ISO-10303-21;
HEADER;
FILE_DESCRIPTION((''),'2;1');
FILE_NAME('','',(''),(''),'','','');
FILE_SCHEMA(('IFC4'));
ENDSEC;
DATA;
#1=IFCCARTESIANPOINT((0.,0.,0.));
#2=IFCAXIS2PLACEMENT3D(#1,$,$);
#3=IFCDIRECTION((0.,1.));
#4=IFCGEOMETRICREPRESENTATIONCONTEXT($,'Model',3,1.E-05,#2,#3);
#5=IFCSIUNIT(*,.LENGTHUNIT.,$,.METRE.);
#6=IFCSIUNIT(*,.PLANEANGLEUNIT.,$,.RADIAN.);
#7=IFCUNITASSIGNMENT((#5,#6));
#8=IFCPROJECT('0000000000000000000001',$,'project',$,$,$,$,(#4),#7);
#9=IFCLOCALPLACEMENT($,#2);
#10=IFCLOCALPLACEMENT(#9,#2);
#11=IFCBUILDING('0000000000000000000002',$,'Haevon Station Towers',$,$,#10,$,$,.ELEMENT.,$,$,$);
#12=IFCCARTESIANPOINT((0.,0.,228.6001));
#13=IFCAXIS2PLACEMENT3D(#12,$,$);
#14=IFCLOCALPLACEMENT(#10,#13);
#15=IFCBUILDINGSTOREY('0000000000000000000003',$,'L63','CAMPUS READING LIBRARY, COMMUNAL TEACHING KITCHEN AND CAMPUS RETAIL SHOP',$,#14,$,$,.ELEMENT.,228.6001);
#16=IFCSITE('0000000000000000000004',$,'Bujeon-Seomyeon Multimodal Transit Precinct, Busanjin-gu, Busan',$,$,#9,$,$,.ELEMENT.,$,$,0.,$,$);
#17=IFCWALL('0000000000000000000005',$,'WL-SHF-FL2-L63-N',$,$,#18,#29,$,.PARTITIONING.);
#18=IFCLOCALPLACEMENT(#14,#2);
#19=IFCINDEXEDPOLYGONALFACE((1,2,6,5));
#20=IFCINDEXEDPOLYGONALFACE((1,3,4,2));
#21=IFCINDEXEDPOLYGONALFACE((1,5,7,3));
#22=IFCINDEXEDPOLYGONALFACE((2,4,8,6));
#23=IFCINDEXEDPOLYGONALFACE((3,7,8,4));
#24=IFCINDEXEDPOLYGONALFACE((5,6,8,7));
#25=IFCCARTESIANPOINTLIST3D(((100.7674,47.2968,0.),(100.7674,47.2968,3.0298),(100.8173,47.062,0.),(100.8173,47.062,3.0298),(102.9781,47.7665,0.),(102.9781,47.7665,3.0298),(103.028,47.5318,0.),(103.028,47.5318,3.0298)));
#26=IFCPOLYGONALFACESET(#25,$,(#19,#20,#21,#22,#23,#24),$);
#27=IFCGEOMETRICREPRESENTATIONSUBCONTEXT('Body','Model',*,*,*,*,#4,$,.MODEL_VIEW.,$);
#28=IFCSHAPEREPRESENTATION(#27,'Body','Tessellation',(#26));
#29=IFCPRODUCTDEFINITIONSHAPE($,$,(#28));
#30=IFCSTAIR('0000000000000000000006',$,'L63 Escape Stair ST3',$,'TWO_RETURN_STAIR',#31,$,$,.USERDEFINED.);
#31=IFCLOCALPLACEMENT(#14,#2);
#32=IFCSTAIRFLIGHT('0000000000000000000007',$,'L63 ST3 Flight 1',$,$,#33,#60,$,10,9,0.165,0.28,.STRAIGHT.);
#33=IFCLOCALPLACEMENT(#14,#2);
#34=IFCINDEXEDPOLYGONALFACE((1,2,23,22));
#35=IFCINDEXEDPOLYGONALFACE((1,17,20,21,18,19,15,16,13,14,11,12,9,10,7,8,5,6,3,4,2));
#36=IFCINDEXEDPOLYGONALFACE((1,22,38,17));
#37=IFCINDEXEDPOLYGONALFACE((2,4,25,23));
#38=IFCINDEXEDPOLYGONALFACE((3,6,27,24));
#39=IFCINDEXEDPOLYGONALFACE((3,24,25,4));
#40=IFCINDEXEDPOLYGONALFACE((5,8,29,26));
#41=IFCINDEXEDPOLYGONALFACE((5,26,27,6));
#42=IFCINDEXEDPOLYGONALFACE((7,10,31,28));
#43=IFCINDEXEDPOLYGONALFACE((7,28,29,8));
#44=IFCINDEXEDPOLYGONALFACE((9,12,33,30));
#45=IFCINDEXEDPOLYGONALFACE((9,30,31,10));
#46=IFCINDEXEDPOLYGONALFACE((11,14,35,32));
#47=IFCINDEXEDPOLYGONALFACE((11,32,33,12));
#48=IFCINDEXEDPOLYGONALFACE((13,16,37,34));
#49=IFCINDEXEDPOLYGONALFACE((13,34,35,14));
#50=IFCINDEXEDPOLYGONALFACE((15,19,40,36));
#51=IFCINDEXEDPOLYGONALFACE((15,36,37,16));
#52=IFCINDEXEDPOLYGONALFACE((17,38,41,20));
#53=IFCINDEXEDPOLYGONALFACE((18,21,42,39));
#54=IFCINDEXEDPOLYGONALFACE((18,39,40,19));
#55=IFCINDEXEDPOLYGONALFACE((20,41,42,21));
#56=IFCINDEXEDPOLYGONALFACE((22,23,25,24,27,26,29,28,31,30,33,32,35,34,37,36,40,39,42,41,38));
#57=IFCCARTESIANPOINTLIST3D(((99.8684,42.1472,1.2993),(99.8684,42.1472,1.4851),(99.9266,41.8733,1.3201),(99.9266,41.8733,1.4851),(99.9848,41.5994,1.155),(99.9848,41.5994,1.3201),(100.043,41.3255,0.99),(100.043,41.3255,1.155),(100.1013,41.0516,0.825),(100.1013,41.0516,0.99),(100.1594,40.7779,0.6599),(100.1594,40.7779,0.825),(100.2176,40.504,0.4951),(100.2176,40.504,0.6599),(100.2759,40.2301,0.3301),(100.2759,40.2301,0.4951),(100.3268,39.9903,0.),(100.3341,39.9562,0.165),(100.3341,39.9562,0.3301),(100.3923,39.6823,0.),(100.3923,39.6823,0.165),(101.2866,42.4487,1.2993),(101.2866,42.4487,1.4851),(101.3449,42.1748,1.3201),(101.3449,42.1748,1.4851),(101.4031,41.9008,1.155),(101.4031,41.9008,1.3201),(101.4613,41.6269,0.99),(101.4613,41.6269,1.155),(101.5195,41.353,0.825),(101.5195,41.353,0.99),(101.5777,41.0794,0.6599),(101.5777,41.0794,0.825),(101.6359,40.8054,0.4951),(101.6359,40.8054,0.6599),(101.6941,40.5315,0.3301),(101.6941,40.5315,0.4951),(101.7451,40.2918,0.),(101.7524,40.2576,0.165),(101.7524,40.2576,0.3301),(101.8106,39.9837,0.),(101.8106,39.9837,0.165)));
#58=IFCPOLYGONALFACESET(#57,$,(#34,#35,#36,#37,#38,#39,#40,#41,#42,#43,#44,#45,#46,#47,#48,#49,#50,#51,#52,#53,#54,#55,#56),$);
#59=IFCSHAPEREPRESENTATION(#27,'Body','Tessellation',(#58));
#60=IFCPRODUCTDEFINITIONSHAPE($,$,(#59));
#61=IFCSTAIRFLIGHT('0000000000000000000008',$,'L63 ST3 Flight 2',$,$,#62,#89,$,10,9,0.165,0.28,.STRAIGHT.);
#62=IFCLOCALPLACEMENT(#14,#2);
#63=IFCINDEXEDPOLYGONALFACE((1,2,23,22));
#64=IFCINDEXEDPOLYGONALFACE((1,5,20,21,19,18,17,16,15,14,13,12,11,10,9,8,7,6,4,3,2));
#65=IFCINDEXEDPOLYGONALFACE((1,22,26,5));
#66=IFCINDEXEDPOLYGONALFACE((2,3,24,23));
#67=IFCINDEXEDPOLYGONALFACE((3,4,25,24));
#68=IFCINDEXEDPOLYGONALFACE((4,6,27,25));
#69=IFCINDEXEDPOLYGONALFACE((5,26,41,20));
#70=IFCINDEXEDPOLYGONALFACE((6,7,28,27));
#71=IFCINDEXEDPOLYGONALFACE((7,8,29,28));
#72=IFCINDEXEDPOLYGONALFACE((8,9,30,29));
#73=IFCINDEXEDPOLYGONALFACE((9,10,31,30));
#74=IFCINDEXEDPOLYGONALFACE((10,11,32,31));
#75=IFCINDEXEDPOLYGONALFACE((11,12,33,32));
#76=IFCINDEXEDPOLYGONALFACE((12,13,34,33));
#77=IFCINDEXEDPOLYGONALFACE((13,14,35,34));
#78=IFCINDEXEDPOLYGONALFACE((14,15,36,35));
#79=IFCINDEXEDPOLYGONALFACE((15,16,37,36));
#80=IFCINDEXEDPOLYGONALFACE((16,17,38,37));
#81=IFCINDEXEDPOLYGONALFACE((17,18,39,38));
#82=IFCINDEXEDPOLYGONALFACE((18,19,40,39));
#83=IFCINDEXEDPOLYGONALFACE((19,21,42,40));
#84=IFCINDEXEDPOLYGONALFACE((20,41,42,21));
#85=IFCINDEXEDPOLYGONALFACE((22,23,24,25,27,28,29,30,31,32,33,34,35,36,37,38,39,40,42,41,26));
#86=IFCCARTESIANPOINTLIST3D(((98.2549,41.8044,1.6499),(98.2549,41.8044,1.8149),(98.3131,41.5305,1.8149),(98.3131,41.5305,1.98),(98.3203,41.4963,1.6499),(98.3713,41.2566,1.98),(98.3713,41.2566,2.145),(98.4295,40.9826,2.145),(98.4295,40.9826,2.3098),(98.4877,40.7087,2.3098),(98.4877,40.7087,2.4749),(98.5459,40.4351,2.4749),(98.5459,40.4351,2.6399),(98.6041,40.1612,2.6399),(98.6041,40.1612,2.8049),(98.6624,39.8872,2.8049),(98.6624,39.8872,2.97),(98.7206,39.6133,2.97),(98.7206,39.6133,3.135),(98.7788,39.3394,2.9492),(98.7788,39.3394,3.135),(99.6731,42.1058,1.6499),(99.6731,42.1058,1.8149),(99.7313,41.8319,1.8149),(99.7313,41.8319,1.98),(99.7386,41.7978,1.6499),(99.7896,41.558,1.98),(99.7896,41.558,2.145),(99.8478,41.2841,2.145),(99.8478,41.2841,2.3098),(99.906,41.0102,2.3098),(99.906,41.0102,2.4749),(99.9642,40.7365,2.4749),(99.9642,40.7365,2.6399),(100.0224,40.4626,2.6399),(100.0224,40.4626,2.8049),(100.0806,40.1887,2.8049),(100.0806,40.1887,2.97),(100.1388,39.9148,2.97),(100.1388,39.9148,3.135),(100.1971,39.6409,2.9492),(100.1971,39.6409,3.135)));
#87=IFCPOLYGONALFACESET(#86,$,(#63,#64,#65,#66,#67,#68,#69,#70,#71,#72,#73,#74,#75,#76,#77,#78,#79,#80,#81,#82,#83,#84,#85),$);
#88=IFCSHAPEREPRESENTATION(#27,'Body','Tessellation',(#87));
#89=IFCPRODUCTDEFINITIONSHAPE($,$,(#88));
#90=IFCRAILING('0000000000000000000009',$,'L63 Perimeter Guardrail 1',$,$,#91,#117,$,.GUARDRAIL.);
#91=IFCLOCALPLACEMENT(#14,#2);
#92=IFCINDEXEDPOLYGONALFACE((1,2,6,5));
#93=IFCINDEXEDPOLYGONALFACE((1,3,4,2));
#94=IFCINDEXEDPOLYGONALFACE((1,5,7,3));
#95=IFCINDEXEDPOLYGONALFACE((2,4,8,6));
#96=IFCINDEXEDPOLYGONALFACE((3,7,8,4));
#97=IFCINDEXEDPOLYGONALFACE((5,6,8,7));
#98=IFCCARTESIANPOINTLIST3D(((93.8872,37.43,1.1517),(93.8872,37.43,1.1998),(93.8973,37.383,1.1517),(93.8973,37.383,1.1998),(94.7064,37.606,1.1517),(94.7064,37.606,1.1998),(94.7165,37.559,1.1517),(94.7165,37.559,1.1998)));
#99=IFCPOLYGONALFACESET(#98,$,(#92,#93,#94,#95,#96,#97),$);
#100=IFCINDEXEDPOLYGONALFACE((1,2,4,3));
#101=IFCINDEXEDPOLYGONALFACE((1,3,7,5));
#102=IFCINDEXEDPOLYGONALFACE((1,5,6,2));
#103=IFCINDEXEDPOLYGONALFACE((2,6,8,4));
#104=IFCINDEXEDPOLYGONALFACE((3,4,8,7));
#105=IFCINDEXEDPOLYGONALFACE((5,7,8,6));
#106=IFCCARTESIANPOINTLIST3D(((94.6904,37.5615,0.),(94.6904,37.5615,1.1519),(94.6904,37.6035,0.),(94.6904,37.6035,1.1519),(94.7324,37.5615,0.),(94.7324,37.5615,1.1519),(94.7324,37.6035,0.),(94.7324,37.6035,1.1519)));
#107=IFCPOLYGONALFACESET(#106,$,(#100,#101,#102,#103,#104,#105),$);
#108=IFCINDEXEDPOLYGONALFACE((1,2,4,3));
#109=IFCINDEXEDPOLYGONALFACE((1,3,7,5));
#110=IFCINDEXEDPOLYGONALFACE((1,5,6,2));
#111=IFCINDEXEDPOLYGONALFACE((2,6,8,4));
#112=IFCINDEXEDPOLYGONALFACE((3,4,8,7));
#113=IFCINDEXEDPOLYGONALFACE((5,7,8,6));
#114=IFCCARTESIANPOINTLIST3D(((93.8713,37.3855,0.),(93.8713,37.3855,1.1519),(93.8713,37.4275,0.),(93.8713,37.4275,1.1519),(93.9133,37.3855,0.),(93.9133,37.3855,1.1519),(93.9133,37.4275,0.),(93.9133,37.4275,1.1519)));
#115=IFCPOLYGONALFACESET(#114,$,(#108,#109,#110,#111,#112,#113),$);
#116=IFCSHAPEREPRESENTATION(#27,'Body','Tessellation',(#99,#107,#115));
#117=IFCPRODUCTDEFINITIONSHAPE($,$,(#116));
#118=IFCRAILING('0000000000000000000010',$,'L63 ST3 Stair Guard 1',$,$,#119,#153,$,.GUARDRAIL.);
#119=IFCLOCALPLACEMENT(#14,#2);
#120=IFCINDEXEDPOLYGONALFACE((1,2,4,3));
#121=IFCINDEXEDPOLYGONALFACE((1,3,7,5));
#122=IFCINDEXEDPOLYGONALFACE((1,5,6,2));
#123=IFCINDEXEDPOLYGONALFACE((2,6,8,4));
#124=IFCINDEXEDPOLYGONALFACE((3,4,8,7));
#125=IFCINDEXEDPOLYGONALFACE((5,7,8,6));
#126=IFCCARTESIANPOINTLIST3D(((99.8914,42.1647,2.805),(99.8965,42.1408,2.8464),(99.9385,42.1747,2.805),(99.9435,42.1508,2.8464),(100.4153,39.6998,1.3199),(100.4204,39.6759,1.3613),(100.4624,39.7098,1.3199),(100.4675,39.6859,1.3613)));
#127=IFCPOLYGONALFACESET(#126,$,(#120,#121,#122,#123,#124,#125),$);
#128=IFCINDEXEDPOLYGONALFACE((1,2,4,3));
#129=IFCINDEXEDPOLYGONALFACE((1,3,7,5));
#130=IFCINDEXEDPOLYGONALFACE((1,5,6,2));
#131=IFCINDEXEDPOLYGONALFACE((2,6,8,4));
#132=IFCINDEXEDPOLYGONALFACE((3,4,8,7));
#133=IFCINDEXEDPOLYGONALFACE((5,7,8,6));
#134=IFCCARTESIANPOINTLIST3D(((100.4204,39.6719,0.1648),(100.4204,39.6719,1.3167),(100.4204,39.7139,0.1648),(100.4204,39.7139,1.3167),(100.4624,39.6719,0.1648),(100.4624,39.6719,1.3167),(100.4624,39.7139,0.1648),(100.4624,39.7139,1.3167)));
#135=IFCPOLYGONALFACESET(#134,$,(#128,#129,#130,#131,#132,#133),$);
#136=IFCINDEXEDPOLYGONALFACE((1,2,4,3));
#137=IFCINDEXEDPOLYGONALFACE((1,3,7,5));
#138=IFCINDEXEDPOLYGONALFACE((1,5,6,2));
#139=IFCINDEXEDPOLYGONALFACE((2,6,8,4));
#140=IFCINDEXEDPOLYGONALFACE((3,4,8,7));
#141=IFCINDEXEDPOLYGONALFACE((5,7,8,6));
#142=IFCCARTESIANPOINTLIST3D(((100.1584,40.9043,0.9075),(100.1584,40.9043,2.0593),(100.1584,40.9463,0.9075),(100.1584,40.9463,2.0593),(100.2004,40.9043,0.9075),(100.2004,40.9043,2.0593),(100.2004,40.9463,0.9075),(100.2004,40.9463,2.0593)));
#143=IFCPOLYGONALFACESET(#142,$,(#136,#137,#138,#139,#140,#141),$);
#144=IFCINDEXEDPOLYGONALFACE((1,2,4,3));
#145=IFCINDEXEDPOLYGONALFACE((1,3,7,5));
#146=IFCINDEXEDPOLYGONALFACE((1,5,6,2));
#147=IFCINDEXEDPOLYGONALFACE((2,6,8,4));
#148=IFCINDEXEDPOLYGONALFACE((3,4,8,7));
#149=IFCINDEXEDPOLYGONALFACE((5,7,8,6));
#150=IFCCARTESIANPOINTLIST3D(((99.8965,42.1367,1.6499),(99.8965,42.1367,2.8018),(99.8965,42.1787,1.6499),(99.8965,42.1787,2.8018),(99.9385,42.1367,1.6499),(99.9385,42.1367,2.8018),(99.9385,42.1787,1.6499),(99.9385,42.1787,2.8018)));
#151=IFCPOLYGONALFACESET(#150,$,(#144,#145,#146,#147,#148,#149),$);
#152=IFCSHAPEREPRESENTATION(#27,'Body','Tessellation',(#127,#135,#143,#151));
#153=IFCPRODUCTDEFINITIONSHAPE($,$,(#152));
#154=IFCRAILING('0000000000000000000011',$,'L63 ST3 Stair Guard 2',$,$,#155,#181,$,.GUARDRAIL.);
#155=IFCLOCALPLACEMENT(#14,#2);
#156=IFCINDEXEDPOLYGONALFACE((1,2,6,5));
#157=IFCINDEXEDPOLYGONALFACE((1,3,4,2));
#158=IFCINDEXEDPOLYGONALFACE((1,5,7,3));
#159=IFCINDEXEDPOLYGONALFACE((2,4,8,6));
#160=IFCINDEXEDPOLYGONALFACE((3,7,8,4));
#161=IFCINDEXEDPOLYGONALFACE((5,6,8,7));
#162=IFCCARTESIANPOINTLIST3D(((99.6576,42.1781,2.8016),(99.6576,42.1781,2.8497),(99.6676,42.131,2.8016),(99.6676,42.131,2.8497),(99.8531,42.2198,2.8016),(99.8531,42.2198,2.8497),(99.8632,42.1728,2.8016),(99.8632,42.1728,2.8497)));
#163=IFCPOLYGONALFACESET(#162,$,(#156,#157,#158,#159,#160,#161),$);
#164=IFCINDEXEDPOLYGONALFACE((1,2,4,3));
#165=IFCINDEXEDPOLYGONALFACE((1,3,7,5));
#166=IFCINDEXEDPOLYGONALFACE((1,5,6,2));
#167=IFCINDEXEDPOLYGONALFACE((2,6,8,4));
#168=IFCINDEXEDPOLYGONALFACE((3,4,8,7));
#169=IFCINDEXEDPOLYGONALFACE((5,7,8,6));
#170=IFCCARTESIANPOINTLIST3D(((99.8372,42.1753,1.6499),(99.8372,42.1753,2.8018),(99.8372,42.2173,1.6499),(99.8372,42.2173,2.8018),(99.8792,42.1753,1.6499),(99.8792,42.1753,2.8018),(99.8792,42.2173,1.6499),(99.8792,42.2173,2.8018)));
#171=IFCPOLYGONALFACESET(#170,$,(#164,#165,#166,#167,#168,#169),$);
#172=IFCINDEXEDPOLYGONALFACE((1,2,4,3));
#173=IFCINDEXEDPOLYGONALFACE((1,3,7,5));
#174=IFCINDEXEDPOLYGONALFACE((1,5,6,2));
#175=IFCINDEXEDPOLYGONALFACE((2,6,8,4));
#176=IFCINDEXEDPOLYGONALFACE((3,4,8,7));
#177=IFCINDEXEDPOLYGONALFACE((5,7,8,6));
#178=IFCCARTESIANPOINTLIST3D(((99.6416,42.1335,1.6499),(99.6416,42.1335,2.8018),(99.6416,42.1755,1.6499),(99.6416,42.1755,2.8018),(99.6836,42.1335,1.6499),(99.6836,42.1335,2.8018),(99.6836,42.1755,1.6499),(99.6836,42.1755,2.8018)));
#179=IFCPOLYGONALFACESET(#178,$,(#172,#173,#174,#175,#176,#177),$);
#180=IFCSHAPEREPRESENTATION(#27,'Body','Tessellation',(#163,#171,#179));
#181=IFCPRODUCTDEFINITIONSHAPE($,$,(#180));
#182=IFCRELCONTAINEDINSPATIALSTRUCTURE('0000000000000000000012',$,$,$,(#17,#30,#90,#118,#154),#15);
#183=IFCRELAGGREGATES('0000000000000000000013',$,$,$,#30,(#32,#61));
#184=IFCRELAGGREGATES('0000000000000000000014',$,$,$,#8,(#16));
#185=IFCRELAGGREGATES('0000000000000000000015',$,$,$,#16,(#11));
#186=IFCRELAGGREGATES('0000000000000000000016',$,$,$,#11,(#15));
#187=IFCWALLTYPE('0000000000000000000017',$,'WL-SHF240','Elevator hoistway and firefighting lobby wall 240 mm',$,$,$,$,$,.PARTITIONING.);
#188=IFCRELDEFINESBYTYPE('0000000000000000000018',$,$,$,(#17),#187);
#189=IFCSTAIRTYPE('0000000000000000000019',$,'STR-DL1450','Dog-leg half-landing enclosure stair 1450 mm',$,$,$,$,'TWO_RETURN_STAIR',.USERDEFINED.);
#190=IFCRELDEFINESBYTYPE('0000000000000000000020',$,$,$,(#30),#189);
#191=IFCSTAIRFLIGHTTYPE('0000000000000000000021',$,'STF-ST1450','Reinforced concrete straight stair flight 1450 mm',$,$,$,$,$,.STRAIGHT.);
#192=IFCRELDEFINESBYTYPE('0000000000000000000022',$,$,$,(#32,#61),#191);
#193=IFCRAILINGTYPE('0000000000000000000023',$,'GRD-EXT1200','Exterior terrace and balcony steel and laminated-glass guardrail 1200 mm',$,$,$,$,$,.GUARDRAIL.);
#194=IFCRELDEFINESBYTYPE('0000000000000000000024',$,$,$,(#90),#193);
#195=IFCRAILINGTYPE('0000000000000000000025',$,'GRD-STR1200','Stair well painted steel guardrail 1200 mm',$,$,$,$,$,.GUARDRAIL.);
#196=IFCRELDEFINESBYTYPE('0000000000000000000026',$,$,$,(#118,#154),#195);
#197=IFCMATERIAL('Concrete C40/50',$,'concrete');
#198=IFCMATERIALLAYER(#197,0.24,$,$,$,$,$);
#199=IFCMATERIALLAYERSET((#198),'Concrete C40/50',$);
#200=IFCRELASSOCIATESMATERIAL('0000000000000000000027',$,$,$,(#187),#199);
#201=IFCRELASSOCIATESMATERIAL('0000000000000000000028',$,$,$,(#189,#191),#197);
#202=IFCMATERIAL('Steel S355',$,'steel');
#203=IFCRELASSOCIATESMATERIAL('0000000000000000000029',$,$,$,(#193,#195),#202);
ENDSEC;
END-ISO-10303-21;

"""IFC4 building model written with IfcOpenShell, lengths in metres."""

from ifc_helpers import new_model, si_unit, direction, frame, frame_2d, origin, origin_2d, place, context, subcontext, project, spatial, polyline, rectangle, outline, extrude, material, layer, layer_set, type_object, element, aggregate, save


model = new_model("IFC4")

# Units and contexts
model_context = context("Model", 3, precision=1e-05, world=origin(), true_north=direction((0.0, 1.0)))
body_context = subcontext(model_context, "Body", "Model", "MODEL_VIEW")
ifc_project = project(units=[si_unit("LENGTHUNIT", "METRE"), si_unit("PLANEANGLEUNIT", "RADIAN")], contexts=[model_context])

# Site, building, storey
site_placement = place(None, origin())
site = spatial("IfcSite", under=ifc_project, at=site_placement, Name="Bujeon-Seomyeon Multimodal Transit Precinct, Busanjin-gu, Busan", CompositionType="ELEMENT", RefElevation=0.0)
building_placement = place(site_placement, origin())
building = spatial("IfcBuilding", under=site, at=building_placement, Name="Haevon Station Towers", CompositionType="ELEMENT")
storey_placement = place(building_placement, frame((0.0, 0.0, 228.6001)))
storey = spatial("IfcBuildingStorey", under=building, at=storey_placement, Name="L63", Description="CAMPUS READING LIBRARY, COMMUNAL TEACHING KITCHEN AND CAMPUS RETAIL SHOP", CompositionType="ELEMENT", Elevation=228.6001)

# Shared definitions
ifc_material_1 = material(Name="Steel S355", Category="steel")

# Wall
ifc_material_2 = material(Name="Concrete C40/50", Category="concrete")
ifc_layer_1 = layer(ifc_material_2, 0.24)
ifc_layer_set_1 = layer_set([ifc_layer_1], Name="Concrete C40/50")
wall_type_1 = type_object("IfcWallType", Name="WL-SHF240", Description="Elevator hoistway and firefighting lobby wall 240 mm", PredefinedType="PARTITIONING", material=ifc_layer_set_1)
wall_1_placement = place(storey_placement, frame((100.7925, 47.1794, 0.0), z_axis=(0.0, 0.0, 1.0), x_axis=(0.978163, 0.207839, 0.0)))
element("IfcWall", 1, at=wall_1_placement, inside=storey, type_object=wall_type_1, Name="WL-SHF-FL2-L63-N", PredefinedType="PARTITIONING", context=body_context, shape_type="SweptSolid", body=[
    extrude(rectangle(XDim=2.26, YDim=0.24, at=frame_2d((1.1299, 0.0))), origin(), (0.0, 0.0, 1.0), 3.0298),
])

# Stair, stair flights
stair_type = type_object("IfcStairType", Name="STR-DL1450", Description="Dog-leg half-landing enclosure stair 1450 mm", ElementType="TWO_RETURN_STAIR", PredefinedType="USERDEFINED", material=ifc_material_2)
stair_placement = place(storey_placement, origin())
stair = element("IfcStair", 2, at=stair_placement, inside=storey, type_object=stair_type, Name="L63 Escape Stair ST3", ObjectType="TWO_RETURN_STAIR", PredefinedType="USERDEFINED")
stair_flight_type = type_object("IfcStairFlightType", Name="STF-ST1450", Description="Reinforced concrete straight stair flight 1450 mm", PredefinedType="STRAIGHT", material=ifc_material_2)
stair_flight_1_placement = place(storey_placement, frame((101.1016, 39.833, 0.0), z_axis=(0.0, 0.0, 1.0), x_axis=(-0.207912, 0.978148, 0.0)))
stair_flight_1 = element("IfcStairFlight", 3, at=stair_flight_1_placement, type_object=stair_flight_type, Name="L63 ST3 Flight 1", NumberOfRisers=10, NumberOfTreads=9, PredefinedType="STRAIGHT", RiserHeight=0.165, TreadLength=0.28, context=body_context, shape_type="SweptSolid", body=[
    extrude(outline(polyline([(0.0, 0.0), (0.0, 0.165), (0.28, 0.165), (0.28, 0.3301), (0.5601, 0.3301), (0.5601, 0.4951), (0.8401, 0.4951), (0.8401, 0.6599), (1.1201, 0.6599), (1.1201, 0.825), (1.3999, 0.825), (1.3999, 0.99), (1.6799, 0.99), (1.6799, 1.155), (1.96, 1.155), (1.96, 1.3201), (2.24, 1.3201), (2.24, 1.4851), (2.52, 1.4851), (2.52, 1.6499), (2.52, 1.2993), (0.3149, 0.0), (0.0, 0.0)])), frame((0.0, 0.7251, 0.0), z_axis=(0.0, -1.0, 0.0), x_axis=(1.0, 0.0, 0.0)), (0.0, 0.0, 1.0), 1.45),
])
stair_flight_2_placement = place(storey_placement, frame((98.9639, 41.9551, 1.6499), z_axis=(0.0, 0.0, 1.0), x_axis=(0.207912, -0.978148, 0.0)))
stair_flight_2 = element("IfcStairFlight", 4, at=stair_flight_2_placement, type_object=stair_flight_type, Name="L63 ST3 Flight 2", NumberOfRisers=10, NumberOfTreads=9, PredefinedType="STRAIGHT", RiserHeight=0.165, TreadLength=0.28, context=body_context, shape_type="SweptSolid", body=[
    extrude(outline(polyline([(0.0, 0.0), (0.0, 0.165), (0.28, 0.165), (0.28, 0.3301), (0.5601, 0.3301), (0.5601, 0.4951), (0.8401, 0.4951), (0.8401, 0.6599), (1.1201, 0.6599), (1.1201, 0.825), (1.3999, 0.825), (1.3999, 0.99), (1.6799, 0.99), (1.6799, 1.155), (1.96, 1.155), (1.96, 1.3201), (2.24, 1.3201), (2.24, 1.4851), (2.52, 1.4851), (2.52, 1.6499), (2.52, 1.2993), (0.3149, 0.0), (0.0, 0.0)])), frame((0.0, 0.7251, 0.0), z_axis=(0.0, -1.0, 0.0), x_axis=(1.0, 0.0, 0.0)), (0.0, 0.0, 1.0), 1.45),
])
aggregate(stair, [stair_flight_1, stair_flight_2])

# Railings
railing_type_1 = type_object("IfcRailingType", Name="GRD-EXT1200", Description="Exterior terrace and balcony steel and laminated-glass guardrail 1200 mm", PredefinedType="GUARDRAIL", material=ifc_material_1)
railing_1_placement = place(storey_placement, frame((94.7114, 37.5825, 0.0)))
element("IfcRailing", 5, at=railing_1_placement, inside=storey, type_object=railing_type_1, Name="L63 Perimeter Guardrail 1", PredefinedType="GUARDRAIL", context=body_context, shape_type="SweptSolid", body=[
    extrude(rectangle(XDim=0.0481, YDim=0.0481, at=origin_2d()), frame((0.0, 0.0, 1.1758), z_axis=(-0.977679, -0.210106, 0.0), x_axis=(0.210106, -0.977679, 0.0)), (0.0, 0.0, 1.0), 0.8379),
    extrude(rectangle(XDim=0.042, YDim=0.042, at=origin_2d()), origin(), (0.0, 0.0, 1.0), 1.1519),
    extrude(rectangle(XDim=0.042, YDim=0.042, at=origin_2d()), frame((-0.8191, -0.176, 0.0)), (0.0, 0.0, 1.0), 1.1519),
])
railing_type_2 = type_object("IfcRailingType", Name="GRD-STR1200", Description="Stair well painted steel guardrail 1200 mm", PredefinedType="GUARDRAIL", material=ifc_material_1)
railing_2_placement = place(storey_placement, frame((100.4414, 39.6929, 0.1648)))
element("IfcRailing", 6, at=railing_2_placement, inside=storey, type_object=railing_type_2, Name="L63 ST3 Stair Guard 1", PredefinedType="GUARDRAIL", context=body_context, shape_type="SweptSolid", body=[
    extrude(rectangle(XDim=0.0481, YDim=0.0481, at=origin_2d()), frame((0.0, 0.0, 1.1758), z_axis=(-0.179121, 0.842688, 0.507733), x_axis=(-0.978147, -0.207914, 0.0)), (0.0, 0.0, 1.0), 2.925),
    extrude(rectangle(XDim=0.042, YDim=0.042, at=origin_2d()), origin(), (0.0, 0.0, 1.0), 1.1519),
    extrude(rectangle(XDim=0.042, YDim=0.042, at=origin_2d()), frame((-0.262, 1.2324, 0.7427)), (0.0, 0.0, 1.0), 1.1519),
    extrude(rectangle(XDim=0.042, YDim=0.042, at=origin_2d()), frame((-0.5239, 2.4648, 1.4851)), (0.0, 0.0, 1.0), 1.1519),
])
railing_3_placement = place(storey_placement, frame((99.8582, 42.1963, 1.6499)))
element("IfcRailing", 7, at=railing_3_placement, inside=storey, type_object=railing_type_2, Name="L63 ST3 Stair Guard 2", PredefinedType="GUARDRAIL", context=body_context, shape_type="SweptSolid", body=[
    extrude(rectangle(XDim=0.0481, YDim=0.0481, at=origin_2d()), frame((0.0, 0.0, 1.1758), z_axis=(-0.977963, -0.208779, 0.0), x_axis=(0.208779, -0.977963, 0.0)), (0.0, 0.0, 1.0), 0.2),
    extrude(rectangle(XDim=0.042, YDim=0.042, at=origin_2d()), origin(), (0.0, 0.0, 1.0), 1.1519),
    extrude(rectangle(XDim=0.042, YDim=0.042, at=origin_2d()), frame((-0.1956, -0.0417, 0.0)), (0.0, 0.0, 1.0), 1.1519),
])

save(model, "model.ifc")
